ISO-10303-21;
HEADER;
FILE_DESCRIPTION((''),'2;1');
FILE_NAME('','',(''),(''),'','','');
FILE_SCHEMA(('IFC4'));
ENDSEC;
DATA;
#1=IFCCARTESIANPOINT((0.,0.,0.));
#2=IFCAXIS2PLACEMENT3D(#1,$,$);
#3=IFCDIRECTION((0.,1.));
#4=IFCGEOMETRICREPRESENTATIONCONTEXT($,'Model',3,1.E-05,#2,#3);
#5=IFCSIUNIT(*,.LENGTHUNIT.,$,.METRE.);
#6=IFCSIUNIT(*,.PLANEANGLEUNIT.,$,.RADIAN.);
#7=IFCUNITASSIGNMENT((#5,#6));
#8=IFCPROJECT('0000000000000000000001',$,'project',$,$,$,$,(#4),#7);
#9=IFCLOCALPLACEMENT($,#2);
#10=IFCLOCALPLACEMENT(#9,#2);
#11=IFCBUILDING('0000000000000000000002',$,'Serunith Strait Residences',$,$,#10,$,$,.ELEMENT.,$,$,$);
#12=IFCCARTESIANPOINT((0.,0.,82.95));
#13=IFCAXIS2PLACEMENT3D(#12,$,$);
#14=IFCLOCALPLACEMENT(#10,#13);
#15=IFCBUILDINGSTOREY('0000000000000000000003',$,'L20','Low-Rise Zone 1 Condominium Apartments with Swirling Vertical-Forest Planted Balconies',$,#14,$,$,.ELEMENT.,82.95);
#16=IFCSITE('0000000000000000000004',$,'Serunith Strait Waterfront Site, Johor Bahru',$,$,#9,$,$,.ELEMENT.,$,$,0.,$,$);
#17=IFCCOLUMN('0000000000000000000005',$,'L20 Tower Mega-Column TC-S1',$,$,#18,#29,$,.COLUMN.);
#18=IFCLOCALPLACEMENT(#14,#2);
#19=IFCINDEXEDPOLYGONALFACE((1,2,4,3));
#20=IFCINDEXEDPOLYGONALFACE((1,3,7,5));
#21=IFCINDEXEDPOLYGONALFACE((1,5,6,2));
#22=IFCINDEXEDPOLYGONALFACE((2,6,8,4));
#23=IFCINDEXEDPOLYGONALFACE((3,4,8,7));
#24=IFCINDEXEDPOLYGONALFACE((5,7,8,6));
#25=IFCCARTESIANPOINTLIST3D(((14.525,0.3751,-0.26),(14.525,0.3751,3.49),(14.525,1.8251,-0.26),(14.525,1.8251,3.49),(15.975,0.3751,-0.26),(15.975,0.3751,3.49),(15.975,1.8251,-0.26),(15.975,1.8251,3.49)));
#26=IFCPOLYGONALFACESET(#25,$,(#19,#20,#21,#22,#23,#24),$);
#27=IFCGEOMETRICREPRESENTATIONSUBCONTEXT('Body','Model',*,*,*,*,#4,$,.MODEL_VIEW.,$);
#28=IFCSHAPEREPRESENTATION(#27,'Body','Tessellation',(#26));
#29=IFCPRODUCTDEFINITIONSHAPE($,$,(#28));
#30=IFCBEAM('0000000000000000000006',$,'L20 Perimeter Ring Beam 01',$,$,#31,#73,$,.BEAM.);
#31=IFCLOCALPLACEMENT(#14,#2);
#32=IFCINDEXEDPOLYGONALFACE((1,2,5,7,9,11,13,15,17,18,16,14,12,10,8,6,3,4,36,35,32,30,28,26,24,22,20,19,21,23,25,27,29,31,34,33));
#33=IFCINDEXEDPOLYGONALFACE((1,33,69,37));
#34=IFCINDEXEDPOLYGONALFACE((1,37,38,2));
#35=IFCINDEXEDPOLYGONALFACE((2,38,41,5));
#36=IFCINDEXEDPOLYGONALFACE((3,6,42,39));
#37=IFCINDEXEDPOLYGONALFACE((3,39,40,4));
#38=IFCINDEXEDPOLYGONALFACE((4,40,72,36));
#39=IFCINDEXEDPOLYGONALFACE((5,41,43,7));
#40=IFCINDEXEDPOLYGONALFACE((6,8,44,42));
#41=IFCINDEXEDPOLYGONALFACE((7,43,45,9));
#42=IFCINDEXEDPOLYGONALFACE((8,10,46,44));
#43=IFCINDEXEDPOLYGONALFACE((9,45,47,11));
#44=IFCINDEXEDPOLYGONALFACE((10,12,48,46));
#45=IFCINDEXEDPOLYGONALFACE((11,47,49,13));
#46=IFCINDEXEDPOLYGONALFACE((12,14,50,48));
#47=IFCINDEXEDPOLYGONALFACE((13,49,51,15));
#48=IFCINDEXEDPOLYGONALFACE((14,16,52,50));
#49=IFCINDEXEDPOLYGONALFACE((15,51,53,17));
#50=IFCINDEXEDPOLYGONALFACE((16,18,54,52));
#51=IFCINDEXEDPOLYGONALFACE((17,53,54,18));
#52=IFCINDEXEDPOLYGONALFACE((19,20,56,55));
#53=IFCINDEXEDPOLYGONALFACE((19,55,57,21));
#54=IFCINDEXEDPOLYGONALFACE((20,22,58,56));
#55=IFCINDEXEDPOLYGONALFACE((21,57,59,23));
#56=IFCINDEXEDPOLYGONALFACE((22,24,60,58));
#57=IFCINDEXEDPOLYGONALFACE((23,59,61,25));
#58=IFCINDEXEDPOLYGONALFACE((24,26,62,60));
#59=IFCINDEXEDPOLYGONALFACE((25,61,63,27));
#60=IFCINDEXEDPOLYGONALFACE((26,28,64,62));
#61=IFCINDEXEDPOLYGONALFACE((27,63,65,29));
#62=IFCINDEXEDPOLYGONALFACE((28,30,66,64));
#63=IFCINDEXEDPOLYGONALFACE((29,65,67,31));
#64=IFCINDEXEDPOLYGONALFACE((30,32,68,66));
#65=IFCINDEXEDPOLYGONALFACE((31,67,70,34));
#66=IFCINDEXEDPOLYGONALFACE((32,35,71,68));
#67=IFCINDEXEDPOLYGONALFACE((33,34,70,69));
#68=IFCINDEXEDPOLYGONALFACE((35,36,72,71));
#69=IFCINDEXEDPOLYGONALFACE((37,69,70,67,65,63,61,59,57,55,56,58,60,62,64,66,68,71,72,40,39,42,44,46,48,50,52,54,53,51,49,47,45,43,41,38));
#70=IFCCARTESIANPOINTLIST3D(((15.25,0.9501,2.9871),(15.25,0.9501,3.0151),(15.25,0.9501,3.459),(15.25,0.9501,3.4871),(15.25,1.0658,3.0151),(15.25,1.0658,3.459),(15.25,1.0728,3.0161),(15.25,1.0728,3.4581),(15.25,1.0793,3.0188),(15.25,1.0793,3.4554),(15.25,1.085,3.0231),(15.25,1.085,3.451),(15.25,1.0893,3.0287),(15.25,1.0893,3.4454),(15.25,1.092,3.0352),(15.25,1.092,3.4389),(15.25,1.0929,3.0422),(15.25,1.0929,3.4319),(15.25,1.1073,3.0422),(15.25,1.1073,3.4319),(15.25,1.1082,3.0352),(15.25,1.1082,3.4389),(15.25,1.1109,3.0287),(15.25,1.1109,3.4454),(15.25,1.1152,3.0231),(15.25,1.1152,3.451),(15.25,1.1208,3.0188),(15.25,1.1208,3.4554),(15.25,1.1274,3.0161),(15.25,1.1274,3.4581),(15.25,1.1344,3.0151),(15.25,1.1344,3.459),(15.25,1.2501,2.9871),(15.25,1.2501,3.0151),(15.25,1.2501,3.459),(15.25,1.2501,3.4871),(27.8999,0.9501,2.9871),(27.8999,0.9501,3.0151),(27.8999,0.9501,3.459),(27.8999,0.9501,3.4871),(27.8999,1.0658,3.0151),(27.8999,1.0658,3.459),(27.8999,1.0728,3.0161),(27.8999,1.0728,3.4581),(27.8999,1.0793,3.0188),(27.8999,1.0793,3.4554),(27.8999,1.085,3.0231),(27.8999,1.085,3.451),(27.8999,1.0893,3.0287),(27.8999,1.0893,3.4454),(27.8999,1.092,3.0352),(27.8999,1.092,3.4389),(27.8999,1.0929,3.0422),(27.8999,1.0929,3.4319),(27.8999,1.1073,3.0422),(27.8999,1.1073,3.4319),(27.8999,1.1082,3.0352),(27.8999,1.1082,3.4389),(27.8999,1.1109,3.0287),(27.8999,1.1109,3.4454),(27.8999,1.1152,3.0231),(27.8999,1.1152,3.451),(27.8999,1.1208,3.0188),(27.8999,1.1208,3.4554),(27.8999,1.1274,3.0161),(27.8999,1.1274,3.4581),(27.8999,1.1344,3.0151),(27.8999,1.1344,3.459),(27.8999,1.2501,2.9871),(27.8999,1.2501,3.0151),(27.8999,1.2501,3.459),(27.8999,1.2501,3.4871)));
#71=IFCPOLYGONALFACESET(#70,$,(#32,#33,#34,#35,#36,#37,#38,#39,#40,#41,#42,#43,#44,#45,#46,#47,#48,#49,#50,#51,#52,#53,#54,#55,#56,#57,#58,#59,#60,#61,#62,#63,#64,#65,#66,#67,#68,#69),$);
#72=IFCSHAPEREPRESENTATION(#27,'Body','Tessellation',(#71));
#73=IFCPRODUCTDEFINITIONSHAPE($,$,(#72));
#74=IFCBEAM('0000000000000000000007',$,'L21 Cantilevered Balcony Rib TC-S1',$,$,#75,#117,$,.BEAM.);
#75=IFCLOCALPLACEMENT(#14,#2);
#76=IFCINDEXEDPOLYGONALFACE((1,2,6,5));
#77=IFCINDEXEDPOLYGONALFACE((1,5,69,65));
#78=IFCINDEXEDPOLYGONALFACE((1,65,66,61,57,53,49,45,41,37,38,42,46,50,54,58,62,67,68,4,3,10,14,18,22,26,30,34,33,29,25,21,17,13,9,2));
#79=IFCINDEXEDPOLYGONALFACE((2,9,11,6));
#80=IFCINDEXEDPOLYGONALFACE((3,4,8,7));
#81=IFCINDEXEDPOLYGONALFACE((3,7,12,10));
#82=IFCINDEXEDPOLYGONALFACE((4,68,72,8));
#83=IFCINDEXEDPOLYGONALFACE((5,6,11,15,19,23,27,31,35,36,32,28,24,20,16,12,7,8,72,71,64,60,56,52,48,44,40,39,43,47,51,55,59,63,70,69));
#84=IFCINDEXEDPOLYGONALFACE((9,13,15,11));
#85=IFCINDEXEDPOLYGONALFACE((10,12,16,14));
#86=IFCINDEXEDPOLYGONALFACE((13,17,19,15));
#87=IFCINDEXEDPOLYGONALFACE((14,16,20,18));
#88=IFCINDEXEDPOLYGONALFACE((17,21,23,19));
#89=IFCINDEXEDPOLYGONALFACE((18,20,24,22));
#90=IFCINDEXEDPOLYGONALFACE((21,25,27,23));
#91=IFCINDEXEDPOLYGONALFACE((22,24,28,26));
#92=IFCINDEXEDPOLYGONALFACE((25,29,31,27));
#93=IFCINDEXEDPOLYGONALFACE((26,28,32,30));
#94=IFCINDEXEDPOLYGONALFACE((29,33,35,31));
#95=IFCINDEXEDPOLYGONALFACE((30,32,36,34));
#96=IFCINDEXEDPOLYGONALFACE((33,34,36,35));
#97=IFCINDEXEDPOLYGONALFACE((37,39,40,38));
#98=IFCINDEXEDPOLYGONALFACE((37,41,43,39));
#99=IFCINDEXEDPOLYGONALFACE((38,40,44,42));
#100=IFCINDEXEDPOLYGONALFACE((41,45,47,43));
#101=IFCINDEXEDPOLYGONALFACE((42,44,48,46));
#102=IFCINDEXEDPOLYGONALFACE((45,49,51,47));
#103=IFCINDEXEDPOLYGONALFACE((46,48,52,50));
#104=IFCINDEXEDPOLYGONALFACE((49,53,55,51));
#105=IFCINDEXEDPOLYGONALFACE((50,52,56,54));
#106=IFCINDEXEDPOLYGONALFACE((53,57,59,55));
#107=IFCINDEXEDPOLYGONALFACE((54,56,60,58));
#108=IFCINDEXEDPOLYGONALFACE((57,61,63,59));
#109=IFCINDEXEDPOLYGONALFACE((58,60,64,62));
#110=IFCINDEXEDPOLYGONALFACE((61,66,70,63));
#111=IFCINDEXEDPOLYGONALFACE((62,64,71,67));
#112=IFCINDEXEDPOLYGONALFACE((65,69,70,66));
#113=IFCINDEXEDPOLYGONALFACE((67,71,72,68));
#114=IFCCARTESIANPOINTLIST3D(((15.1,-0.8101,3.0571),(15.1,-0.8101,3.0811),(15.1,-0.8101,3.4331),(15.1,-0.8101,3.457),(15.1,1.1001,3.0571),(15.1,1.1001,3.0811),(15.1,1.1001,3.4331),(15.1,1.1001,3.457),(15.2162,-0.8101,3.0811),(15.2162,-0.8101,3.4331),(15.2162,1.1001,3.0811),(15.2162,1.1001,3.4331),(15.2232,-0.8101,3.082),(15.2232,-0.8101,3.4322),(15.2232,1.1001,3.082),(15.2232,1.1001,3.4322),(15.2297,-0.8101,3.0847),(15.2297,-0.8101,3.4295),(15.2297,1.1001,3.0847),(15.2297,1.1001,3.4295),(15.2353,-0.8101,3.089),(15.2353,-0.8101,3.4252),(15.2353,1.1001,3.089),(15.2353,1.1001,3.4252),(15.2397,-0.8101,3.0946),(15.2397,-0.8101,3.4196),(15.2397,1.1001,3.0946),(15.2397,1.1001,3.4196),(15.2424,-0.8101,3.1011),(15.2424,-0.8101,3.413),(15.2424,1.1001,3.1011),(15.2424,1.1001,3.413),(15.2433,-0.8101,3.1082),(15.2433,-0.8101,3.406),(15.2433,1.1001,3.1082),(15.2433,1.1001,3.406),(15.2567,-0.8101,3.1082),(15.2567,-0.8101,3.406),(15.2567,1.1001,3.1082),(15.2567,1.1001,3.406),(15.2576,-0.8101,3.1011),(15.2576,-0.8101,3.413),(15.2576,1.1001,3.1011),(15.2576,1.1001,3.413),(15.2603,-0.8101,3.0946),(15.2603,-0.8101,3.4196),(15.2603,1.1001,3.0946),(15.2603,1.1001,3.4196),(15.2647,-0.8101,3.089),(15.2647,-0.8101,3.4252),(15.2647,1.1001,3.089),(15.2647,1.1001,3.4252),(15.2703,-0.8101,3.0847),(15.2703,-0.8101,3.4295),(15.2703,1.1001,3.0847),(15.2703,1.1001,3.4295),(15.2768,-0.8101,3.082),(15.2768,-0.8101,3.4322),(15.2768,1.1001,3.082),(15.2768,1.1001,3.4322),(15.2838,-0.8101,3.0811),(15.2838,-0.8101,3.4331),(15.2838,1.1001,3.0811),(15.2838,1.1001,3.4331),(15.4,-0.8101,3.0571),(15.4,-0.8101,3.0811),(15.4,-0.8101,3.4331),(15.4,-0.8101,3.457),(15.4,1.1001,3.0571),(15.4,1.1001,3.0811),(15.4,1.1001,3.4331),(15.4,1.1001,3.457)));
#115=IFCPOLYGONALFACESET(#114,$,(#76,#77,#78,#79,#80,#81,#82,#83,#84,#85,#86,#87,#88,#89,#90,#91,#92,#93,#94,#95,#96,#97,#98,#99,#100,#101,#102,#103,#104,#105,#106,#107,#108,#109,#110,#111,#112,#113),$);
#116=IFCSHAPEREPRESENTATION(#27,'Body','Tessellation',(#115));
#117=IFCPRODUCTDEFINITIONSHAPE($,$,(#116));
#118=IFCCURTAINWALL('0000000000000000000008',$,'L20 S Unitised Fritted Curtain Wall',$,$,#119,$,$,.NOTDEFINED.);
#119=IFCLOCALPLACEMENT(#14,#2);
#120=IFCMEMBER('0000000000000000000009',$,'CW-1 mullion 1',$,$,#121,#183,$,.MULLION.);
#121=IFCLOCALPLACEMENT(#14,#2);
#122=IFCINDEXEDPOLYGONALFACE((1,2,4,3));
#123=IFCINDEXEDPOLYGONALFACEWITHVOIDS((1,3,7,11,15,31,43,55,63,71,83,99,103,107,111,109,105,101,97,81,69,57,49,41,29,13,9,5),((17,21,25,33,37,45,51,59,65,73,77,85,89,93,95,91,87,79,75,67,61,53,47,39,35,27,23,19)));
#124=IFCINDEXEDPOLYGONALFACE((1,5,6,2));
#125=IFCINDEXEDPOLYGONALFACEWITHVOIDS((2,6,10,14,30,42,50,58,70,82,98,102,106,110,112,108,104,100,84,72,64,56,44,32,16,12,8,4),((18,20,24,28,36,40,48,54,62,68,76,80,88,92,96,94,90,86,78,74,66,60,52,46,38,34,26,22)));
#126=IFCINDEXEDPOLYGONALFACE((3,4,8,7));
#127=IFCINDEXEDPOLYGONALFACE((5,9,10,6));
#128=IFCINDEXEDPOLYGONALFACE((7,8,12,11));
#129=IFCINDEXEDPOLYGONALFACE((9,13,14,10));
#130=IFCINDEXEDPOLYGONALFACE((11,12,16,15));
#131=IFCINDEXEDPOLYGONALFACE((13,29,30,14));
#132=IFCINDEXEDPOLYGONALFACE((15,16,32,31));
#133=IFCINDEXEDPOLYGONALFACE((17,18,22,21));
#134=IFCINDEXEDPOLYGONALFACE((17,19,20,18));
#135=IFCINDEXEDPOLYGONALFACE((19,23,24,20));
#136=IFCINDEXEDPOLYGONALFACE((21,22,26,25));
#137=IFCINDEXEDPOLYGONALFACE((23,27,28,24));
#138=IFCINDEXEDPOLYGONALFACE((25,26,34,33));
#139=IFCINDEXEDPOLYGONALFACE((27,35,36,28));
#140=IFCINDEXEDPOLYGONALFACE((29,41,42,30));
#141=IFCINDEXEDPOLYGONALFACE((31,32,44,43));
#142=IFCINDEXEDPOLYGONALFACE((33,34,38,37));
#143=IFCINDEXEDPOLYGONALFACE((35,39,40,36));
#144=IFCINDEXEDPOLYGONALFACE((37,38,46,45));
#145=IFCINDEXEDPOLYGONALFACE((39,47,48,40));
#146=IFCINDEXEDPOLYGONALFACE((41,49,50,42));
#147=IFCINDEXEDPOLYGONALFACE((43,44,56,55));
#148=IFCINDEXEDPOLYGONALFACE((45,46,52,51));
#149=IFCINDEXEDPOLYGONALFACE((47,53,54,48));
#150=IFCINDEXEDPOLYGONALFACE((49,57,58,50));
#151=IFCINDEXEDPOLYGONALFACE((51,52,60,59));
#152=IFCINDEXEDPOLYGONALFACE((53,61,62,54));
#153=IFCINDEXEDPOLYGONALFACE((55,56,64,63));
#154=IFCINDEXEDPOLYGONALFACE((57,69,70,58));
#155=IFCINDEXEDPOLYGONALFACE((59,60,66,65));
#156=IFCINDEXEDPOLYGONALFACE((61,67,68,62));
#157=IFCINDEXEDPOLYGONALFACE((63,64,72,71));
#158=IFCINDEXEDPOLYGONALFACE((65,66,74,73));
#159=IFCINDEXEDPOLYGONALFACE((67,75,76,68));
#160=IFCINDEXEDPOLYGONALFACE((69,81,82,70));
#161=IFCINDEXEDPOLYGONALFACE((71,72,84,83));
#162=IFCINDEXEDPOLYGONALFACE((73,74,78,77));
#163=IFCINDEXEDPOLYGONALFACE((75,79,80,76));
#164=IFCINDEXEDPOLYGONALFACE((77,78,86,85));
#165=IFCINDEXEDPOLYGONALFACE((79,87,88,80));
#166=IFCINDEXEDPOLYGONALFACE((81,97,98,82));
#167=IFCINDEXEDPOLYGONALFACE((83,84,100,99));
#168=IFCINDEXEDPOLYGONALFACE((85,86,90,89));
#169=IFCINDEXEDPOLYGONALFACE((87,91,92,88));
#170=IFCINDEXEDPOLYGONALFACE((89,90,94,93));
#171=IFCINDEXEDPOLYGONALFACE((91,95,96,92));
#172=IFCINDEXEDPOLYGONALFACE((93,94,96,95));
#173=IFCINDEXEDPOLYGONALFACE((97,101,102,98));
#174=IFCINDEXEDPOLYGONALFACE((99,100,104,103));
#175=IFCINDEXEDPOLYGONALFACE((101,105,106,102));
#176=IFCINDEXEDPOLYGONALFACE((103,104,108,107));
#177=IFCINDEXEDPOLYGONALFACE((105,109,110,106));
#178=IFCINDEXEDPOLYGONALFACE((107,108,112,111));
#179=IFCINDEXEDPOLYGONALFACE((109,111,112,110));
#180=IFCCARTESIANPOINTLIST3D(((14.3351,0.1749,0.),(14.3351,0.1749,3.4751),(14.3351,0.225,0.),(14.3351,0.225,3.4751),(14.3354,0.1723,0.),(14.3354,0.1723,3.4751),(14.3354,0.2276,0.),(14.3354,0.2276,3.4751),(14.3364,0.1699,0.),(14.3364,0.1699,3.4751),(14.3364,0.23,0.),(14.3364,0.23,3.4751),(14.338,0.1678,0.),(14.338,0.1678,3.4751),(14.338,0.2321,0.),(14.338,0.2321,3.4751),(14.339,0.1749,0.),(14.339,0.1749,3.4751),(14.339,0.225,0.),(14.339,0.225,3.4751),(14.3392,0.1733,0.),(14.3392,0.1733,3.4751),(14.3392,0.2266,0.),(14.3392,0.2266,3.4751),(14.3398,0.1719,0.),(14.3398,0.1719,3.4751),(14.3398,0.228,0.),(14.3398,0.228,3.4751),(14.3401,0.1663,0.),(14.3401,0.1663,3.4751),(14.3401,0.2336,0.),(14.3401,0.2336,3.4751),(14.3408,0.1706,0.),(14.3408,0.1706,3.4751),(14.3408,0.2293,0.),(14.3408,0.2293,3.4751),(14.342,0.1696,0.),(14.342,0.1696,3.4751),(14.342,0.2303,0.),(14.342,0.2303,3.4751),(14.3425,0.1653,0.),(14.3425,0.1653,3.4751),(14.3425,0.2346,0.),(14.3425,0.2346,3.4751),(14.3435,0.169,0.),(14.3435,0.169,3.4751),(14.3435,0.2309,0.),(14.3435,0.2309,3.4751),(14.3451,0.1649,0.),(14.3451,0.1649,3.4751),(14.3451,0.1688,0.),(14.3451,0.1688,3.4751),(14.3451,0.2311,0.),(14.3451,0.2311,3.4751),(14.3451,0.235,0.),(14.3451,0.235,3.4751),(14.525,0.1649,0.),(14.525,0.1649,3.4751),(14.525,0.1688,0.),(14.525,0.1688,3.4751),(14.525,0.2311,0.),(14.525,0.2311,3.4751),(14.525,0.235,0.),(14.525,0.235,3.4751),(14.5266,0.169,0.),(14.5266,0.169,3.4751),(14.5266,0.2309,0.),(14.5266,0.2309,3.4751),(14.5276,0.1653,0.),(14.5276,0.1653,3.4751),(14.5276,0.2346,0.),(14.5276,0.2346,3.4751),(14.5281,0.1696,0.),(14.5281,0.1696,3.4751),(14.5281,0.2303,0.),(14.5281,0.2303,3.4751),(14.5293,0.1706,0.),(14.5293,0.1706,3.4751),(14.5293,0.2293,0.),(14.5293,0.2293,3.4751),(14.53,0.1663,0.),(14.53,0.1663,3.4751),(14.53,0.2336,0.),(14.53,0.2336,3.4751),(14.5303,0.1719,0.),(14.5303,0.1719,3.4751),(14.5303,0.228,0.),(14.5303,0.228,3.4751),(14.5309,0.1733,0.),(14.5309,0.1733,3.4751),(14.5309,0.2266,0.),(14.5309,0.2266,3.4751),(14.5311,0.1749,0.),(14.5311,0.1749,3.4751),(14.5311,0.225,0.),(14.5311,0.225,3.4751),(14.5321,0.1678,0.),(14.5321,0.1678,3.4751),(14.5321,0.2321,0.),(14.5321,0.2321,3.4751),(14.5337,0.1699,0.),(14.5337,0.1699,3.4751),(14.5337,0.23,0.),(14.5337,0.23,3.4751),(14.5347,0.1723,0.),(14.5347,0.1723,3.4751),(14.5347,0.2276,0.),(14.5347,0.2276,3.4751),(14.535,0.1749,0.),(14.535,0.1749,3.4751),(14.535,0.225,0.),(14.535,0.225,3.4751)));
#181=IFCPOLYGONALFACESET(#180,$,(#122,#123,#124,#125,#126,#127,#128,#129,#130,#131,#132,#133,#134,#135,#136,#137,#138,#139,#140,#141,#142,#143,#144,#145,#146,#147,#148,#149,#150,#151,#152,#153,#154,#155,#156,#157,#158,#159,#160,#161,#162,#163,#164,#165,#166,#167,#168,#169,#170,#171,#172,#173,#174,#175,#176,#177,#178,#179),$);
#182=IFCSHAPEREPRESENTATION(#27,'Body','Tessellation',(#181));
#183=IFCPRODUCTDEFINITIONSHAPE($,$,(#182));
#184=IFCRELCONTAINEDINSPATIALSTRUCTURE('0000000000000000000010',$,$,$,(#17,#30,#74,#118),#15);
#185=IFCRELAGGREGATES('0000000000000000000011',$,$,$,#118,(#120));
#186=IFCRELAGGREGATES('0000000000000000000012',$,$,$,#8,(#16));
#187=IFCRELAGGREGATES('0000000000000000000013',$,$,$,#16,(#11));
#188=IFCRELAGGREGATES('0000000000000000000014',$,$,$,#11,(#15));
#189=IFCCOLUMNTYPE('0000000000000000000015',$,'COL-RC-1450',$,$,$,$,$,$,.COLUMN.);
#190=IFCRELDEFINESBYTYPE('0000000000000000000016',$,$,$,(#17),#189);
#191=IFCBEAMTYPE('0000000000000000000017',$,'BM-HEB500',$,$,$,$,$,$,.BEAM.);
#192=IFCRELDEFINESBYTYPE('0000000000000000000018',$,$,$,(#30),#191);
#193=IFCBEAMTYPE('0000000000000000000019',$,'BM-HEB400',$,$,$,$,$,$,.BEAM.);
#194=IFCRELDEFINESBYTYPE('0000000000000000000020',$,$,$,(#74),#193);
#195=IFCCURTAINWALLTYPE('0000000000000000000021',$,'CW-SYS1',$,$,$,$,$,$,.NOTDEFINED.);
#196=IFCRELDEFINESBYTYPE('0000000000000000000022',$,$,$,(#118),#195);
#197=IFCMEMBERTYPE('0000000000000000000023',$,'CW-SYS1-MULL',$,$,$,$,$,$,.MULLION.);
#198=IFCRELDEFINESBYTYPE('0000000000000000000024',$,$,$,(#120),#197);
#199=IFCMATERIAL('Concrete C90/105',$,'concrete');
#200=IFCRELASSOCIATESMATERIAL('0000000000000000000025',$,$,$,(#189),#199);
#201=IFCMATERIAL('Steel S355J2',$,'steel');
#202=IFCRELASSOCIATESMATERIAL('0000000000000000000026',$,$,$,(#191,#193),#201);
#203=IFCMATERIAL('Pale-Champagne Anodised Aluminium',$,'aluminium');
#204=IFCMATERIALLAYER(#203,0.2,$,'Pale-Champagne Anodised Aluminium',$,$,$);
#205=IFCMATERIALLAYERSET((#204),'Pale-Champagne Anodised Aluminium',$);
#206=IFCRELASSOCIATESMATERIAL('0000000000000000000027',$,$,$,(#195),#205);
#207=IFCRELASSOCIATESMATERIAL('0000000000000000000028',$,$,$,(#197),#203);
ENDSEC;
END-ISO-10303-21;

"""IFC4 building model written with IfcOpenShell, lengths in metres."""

from ifc_helpers import new_model, si_unit, direction, frame, origin, origin_2d, place, context, subcontext, project, spatial, rectangle, hollow_rectangle, i_section, extrude, source, transform, mapped, material, layer, layer_set, material_profile, profile_set, type_object, element, aggregate, save


model = new_model("IFC4")

# Units and contexts
model_context = context("Model", 3, precision=1e-05, world=origin(), true_north=direction((0.0, 1.0)))
body_context = subcontext(model_context, "Body", "Model", "MODEL_VIEW")
ifc_project = project(units=[si_unit("LENGTHUNIT", "METRE"), si_unit("PLANEANGLEUNIT", "RADIAN")], contexts=[model_context])

# Site, building, storey
site_placement = place(None, origin())
site = spatial("IfcSite", under=ifc_project, at=site_placement, Name="Serunith Strait Waterfront Site, Johor Bahru", CompositionType="ELEMENT", RefElevation=0.0)
building_placement = place(site_placement, origin())
building = spatial("IfcBuilding", under=site, at=building_placement, Name="Serunith Strait Residences", CompositionType="ELEMENT")
storey_placement = place(building_placement, frame((0.0, 0.0, 82.95)))
storey = spatial("IfcBuildingStorey", under=building, at=storey_placement, Name="L20", Description="Low-Rise Zone 1 Condominium Apartments with Swirling Vertical-Forest Planted Balconies", CompositionType="ELEMENT", Elevation=82.95)

# Column
ifc_material_1 = material(Name="Concrete C90/105", Category="concrete")
ifc_material_profile_1 = material_profile(ifc_material_1, rectangle(XDim=1.45, YDim=1.45, at=origin_2d()), Name="RC 1450x1450")
ifc_profile_set_1 = profile_set([ifc_material_profile_1], Name="Concrete C90/105")
column_type = type_object("IfcColumnType", Name="COL-RC-1450", PredefinedType="COLUMN", material=ifc_profile_set_1)
shared_shape_1 = source(origin(), body_context, "Body", "SweptSolid", [
    extrude(rectangle(XDim=1.45, YDim=1.45, at=origin_2d()), origin(), (0.0, 0.0, 1.0), 3.75),
])
column_placement = place(storey_placement, frame((15.25, 1.1001, -0.26), z_axis=(0.0, 0.0, 1.0), x_axis=(1.0, 0.0, 0.0)))
element("IfcColumn", 1, at=column_placement, inside=storey, type_object=column_type, Name="L20 Tower Mega-Column TC-S1", PredefinedType="COLUMN", context=body_context, shape_type="MappedRepresentation", body=[
    mapped(shared_shape_1, transform((0.0, 0.0, 0.0), scale=1.0)),
])

# Beams
ifc_material_2 = material(Name="Steel S355J2", Category="steel")
ifc_material_profile_2 = material_profile(ifc_material_2, i_section(OverallWidth=0.3, OverallDepth=0.5, WebThickness=0.0144, FlangeThickness=0.0281, FilletRadius=0.0271, at=origin_2d()), Name="HEB 500")
ifc_profile_set_2 = profile_set([ifc_material_profile_2], Name="Steel S355J2")
beam_type_1 = type_object("IfcBeamType", Name="BM-HEB500", PredefinedType="BEAM", material=ifc_profile_set_2)
shared_shape_2 = source(origin(), body_context, "Body", "SweptSolid", [
    extrude(i_section(OverallWidth=0.3, OverallDepth=0.5, WebThickness=0.0144, FlangeThickness=0.0281, FilletRadius=0.0271, at=origin_2d()), origin(), (0.0, 0.0, 1.0), 12.6499),
])
beam_1_placement = place(storey_placement, frame((15.25, 1.1001, 3.2371), z_axis=(1.0, 0.0, 0.0), x_axis=(0.0, 1.0, 0.0)))
element("IfcBeam", 2, at=beam_1_placement, inside=storey, type_object=beam_type_1, Name="L20 Perimeter Ring Beam 01", PredefinedType="BEAM", context=body_context, shape_type="MappedRepresentation", body=[
    mapped(shared_shape_2, transform((0.0, 0.0, 0.0), scale=1.0)),
])
ifc_material_profile_3 = material_profile(ifc_material_2, i_section(OverallWidth=0.3, OverallDepth=0.3999, WebThickness=0.0134, FlangeThickness=0.0239, FilletRadius=0.0271, at=origin_2d()), Name="HEB 400")
ifc_profile_set_3 = profile_set([ifc_material_profile_3], Name="Steel S355J2")
beam_type_2 = type_object("IfcBeamType", Name="BM-HEB400", PredefinedType="BEAM", material=ifc_profile_set_3)
shared_shape_3 = source(origin(), body_context, "Body", "SweptSolid", [
    extrude(i_section(OverallWidth=0.3, OverallDepth=0.3999, WebThickness=0.0134, FlangeThickness=0.0239, FilletRadius=0.0271, at=origin_2d()), origin(), (0.0, 0.0, 1.0), 1.9102),
])
beam_2_placement = place(storey_placement, frame((15.25, 1.1001, 3.2571), z_axis=(0.0, -1.0, 0.0), x_axis=(1.0, 0.0, 0.0)))
element("IfcBeam", 3, at=beam_2_placement, inside=storey, type_object=beam_type_2, Name="L21 Cantilevered Balcony Rib TC-S1", PredefinedType="BEAM", context=body_context, shape_type="MappedRepresentation", body=[
    mapped(shared_shape_3, transform((0.0, 0.0, 0.0), scale=1.0)),
])

# Curtain wall, member
ifc_material_3 = material(Name="Pale-Champagne Anodised Aluminium", Category="aluminium")
ifc_layer_1 = layer(ifc_material_3, 0.2, Name="Pale-Champagne Anodised Aluminium")
ifc_layer_set_1 = layer_set([ifc_layer_1], Name="Pale-Champagne Anodised Aluminium")
curtain_wall_type = type_object("IfcCurtainWallType", Name="CW-SYS1", PredefinedType="NOTDEFINED", material=ifc_layer_set_1)
curtain_wall_1_placement = place(storey_placement, origin())
curtain_wall_1 = element("IfcCurtainWall", 4, at=curtain_wall_1_placement, inside=storey, type_object=curtain_wall_type, Name="L20 S Unitised Fritted Curtain Wall", PredefinedType="NOTDEFINED")
ifc_material_profile_4 = material_profile(ifc_material_3, hollow_rectangle(XDim=0.0701, YDim=0.2, WallThickness=0.0039, InnerFilletRadius=0.0061, OuterFilletRadius=0.01, at=origin_2d()), Name="ALU 200x70x4")
ifc_profile_set_4 = profile_set([ifc_material_profile_4], Name="Pale-Champagne Anodised Aluminium")
member_type_1 = type_object("IfcMemberType", Name="CW-SYS1-MULL", PredefinedType="MULLION", material=ifc_profile_set_4)
shared_shape_4 = source(origin(), body_context, "Body", "SweptSolid", [
    extrude(hollow_rectangle(XDim=0.0701, YDim=0.2, WallThickness=0.0039, InnerFilletRadius=0.0061, OuterFilletRadius=0.01, at=origin_2d()), origin(), (0.0, 0.0, 1.0), 3.4751),
])
member_1_placement = place(storey_placement, frame((14.4351, 0.2, 0.0), z_axis=(0.0, 0.0, 1.0), x_axis=(0.0, 1.0, 0.0)))
member_1 = element("IfcMember", 5, at=member_1_placement, type_object=member_type_1, Name="CW-1 mullion 1", PredefinedType="MULLION", context=body_context, shape_type="MappedRepresentation", body=[
    mapped(shared_shape_4, transform((0.0, 0.0, 0.0), scale=1.0)),
])

aggregate(curtain_wall_1, [member_1])

save(model, "model.ifc")
